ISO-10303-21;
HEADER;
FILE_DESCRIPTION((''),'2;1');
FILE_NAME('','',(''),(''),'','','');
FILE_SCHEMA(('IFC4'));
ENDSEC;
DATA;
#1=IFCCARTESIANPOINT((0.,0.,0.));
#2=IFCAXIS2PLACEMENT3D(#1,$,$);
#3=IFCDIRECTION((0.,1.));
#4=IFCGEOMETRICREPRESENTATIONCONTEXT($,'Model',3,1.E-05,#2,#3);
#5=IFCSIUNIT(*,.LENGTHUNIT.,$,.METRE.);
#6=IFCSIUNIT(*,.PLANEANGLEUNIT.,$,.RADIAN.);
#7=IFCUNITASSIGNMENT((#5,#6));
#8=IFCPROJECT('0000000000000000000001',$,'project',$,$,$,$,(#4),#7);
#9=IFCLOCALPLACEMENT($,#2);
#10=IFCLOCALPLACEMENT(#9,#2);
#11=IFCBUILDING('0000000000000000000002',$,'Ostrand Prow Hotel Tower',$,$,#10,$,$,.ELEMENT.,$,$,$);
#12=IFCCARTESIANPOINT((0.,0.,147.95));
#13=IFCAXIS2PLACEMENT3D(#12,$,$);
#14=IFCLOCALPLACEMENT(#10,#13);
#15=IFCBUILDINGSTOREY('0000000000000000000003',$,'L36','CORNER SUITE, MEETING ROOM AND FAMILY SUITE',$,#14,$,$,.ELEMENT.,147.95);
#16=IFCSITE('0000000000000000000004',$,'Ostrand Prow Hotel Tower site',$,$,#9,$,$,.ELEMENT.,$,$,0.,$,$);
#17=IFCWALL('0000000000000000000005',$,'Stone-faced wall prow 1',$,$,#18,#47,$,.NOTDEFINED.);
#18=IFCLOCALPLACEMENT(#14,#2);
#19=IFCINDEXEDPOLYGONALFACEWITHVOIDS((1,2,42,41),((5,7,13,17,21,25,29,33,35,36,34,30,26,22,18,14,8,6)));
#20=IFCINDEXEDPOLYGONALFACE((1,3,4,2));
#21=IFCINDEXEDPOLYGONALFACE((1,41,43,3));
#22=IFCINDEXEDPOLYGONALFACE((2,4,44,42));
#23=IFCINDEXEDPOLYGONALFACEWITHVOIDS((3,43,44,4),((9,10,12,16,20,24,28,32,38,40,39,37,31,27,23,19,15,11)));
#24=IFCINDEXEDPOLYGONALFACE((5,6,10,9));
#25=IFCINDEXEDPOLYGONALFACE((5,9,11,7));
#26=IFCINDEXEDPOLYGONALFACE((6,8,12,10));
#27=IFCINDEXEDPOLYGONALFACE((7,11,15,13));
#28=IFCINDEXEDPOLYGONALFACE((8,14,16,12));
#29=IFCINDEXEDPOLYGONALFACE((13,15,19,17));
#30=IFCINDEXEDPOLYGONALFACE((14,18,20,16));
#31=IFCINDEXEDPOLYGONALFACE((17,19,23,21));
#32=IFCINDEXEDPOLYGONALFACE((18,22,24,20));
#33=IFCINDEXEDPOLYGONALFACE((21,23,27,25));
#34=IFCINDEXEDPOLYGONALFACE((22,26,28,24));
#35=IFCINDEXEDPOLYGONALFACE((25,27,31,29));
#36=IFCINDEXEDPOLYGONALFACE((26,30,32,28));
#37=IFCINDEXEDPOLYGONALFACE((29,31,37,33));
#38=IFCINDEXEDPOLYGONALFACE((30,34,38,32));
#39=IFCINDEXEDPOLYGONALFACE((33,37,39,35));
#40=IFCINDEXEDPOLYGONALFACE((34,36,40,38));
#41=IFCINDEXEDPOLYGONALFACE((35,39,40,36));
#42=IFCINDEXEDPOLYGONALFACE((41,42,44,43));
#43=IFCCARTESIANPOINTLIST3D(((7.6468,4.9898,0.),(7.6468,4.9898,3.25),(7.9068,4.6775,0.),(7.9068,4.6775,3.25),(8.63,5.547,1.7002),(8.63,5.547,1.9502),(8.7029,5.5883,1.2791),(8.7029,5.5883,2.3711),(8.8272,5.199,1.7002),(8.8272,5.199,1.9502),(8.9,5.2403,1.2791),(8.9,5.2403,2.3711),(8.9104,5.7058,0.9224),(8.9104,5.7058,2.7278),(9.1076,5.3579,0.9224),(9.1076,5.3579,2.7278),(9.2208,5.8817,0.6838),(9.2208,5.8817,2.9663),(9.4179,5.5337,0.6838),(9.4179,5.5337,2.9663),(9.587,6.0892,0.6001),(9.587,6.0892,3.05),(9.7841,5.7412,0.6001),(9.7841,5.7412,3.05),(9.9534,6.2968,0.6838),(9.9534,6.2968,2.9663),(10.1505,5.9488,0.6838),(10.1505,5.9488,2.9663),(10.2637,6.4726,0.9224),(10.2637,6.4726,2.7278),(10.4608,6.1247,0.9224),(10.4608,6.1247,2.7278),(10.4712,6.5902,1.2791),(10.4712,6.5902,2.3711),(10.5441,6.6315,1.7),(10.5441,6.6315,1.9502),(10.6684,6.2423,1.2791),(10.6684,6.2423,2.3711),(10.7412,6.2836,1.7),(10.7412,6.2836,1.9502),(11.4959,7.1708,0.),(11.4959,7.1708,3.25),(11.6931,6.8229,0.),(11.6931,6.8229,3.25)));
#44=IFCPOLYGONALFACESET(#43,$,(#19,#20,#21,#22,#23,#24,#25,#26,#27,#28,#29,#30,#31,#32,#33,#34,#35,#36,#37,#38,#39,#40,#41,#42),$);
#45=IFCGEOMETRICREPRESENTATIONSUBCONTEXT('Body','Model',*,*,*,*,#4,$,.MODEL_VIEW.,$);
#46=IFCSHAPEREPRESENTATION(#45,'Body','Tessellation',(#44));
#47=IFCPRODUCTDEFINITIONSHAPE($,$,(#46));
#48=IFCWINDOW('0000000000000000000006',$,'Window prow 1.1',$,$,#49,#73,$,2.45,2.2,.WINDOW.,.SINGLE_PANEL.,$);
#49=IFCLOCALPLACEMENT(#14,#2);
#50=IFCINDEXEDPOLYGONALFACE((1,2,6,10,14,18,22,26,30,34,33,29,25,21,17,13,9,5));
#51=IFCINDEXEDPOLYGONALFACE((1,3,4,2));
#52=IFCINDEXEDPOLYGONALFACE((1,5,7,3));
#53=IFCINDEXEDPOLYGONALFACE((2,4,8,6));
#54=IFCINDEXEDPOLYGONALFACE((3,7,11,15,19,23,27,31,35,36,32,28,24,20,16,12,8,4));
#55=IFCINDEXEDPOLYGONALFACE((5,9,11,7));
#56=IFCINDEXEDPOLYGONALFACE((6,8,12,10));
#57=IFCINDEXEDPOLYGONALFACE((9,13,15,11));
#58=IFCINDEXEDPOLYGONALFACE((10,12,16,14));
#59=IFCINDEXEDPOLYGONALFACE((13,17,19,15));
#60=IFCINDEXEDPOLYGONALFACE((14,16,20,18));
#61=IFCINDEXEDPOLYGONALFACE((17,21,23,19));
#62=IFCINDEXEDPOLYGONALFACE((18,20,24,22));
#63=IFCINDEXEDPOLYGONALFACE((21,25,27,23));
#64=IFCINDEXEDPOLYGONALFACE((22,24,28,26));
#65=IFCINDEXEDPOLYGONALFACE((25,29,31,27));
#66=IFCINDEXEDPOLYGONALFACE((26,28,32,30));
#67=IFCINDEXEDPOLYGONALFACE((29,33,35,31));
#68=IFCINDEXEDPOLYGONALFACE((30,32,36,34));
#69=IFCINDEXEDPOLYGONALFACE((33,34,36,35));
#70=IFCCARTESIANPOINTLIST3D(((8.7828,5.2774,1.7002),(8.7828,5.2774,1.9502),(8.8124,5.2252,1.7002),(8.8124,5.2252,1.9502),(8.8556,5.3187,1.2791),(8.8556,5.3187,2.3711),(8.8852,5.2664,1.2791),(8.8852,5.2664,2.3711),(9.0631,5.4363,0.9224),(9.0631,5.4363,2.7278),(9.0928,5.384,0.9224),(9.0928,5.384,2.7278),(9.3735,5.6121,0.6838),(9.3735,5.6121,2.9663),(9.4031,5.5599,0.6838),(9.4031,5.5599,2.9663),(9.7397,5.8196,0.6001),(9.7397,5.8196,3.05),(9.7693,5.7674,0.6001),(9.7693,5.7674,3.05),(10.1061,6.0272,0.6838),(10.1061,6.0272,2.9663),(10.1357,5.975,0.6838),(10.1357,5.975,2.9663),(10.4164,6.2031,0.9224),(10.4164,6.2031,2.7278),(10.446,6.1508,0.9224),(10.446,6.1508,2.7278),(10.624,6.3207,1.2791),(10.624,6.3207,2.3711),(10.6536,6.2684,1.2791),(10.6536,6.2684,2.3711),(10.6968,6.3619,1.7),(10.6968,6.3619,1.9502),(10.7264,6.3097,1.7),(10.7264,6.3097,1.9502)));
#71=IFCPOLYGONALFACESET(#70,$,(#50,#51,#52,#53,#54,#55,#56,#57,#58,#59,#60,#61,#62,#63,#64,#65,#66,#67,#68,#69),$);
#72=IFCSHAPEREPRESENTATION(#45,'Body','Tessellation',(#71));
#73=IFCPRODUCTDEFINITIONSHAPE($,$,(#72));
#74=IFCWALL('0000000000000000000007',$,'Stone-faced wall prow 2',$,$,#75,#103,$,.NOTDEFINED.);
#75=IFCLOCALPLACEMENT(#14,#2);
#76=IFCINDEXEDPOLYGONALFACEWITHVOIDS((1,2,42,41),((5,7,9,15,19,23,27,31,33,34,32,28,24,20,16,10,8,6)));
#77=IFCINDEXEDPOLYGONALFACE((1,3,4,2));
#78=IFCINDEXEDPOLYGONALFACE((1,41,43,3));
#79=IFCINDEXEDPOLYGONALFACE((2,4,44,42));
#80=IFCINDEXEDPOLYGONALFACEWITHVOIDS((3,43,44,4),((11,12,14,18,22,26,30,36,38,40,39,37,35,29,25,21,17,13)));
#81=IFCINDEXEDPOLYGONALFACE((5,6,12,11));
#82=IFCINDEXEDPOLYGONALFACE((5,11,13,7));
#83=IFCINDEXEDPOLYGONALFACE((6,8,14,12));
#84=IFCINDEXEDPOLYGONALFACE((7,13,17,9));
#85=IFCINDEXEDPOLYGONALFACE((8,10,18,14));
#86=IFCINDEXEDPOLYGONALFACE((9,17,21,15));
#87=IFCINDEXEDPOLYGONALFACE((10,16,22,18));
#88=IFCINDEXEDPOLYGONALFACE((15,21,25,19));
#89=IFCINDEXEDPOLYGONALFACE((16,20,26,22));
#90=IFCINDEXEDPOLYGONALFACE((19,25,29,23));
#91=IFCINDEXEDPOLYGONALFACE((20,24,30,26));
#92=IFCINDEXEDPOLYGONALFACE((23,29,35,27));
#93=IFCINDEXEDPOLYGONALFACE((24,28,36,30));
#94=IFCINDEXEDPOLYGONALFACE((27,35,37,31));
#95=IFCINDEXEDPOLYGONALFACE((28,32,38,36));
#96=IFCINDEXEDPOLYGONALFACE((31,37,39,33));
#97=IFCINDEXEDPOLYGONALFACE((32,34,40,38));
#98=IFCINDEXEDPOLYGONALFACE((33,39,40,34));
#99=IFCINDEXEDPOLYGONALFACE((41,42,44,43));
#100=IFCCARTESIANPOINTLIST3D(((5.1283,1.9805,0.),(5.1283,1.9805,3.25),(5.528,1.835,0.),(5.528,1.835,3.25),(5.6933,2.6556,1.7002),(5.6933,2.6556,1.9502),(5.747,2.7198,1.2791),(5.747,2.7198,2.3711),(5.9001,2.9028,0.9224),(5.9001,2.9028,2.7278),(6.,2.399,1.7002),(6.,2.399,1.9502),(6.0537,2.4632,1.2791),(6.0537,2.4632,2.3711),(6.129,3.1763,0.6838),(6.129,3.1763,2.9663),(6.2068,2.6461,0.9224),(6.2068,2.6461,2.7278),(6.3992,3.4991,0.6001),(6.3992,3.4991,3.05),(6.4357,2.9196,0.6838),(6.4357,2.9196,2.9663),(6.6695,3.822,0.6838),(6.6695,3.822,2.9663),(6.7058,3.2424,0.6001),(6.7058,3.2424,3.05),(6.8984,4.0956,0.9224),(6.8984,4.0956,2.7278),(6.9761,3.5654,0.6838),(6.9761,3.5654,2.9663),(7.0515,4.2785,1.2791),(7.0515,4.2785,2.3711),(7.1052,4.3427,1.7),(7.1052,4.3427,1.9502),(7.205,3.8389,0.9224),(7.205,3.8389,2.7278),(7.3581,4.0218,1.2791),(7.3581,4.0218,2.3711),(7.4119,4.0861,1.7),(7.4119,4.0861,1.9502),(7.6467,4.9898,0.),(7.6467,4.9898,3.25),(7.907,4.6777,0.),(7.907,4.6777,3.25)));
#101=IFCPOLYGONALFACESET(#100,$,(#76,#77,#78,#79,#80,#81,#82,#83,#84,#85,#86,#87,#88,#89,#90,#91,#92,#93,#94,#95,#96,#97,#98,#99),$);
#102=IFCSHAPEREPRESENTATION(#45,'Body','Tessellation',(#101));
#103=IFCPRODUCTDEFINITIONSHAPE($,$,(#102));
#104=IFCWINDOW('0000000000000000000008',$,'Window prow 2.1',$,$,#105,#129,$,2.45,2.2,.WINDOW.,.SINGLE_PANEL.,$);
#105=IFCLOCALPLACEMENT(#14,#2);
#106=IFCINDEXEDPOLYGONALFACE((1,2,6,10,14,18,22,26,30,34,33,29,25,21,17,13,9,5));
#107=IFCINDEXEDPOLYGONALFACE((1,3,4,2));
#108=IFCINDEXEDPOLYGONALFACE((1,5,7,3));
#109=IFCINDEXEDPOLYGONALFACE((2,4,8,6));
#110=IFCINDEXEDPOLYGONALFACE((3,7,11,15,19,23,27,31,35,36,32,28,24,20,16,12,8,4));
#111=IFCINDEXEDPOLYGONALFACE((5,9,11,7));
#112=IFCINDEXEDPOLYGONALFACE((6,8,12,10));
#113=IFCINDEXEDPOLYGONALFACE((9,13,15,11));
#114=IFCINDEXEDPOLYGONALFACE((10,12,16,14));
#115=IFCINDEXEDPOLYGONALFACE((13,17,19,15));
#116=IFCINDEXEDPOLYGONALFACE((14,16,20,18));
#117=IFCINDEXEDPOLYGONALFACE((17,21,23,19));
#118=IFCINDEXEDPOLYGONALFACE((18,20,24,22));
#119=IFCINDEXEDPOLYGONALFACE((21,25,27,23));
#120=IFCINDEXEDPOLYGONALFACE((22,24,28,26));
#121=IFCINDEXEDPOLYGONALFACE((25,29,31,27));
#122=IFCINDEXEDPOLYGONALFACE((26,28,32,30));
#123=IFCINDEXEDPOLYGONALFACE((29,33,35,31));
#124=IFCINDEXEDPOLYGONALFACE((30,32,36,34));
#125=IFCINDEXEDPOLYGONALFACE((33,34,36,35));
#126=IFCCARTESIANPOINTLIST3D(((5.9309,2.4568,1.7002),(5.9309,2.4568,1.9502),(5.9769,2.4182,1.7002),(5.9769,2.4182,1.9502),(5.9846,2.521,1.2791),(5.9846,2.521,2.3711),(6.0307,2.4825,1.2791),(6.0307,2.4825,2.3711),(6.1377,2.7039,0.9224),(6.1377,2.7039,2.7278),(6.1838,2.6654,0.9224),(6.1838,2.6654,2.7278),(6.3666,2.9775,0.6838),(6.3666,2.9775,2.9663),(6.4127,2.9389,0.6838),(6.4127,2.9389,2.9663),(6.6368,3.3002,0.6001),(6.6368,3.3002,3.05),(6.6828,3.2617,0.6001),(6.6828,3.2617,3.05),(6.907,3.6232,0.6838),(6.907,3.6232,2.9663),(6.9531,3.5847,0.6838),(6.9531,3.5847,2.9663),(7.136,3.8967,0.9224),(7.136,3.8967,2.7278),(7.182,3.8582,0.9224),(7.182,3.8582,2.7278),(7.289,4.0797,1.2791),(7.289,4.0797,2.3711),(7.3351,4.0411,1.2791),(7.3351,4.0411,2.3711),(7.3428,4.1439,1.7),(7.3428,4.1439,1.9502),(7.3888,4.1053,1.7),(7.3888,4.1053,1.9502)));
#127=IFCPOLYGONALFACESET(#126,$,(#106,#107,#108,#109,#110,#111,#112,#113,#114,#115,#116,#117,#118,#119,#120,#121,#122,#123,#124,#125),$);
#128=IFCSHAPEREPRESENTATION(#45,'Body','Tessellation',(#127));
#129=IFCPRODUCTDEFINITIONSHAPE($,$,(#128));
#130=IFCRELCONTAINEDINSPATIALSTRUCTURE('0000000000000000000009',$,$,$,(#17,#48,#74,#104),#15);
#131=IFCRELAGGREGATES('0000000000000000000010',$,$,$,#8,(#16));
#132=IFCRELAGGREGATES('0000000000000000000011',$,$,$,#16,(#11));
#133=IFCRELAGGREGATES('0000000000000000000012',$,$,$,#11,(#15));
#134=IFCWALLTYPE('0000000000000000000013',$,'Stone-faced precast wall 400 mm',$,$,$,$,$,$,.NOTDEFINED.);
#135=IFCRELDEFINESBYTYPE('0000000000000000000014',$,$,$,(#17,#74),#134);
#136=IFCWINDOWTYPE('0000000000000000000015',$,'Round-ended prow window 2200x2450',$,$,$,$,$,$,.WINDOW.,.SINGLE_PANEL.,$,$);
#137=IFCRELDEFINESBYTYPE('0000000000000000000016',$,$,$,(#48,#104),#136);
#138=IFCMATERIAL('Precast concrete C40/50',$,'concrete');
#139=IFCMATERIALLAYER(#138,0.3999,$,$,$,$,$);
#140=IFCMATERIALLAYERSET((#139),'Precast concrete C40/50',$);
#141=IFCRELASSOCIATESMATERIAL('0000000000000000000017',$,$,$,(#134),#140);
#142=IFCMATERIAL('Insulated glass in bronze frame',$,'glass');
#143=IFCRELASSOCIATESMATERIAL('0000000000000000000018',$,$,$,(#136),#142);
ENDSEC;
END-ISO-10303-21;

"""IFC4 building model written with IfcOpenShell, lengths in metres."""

from ifc_helpers import new_model, si_unit, direction, frame, origin, place, context, subcontext, project, spatial, polyline, outline, extrude, material, layer, layer_set, type_object, element, fill, save


model = new_model("IFC4")

# Units and contexts
model_context = context("Model", 3, precision=1e-05, world=origin(), true_north=direction((0.0, 1.0)))
body_context = subcontext(model_context, "Body", "Model", "MODEL_VIEW")
ifc_project = project(units=[si_unit("LENGTHUNIT", "METRE"), si_unit("PLANEANGLEUNIT", "RADIAN")], contexts=[model_context])

# Site, building, storey
site_placement = place(None, origin())
site = spatial("IfcSite", under=ifc_project, at=site_placement, Name="Ostrand Prow Hotel Tower site", CompositionType="ELEMENT", RefElevation=0.0)
building_placement = place(site_placement, origin())
building = spatial("IfcBuilding", under=site, at=building_placement, Name="Ostrand Prow Hotel Tower", CompositionType="ELEMENT")
storey_placement = place(building_placement, frame((0.0, 0.0, 147.95)))
storey = spatial("IfcBuildingStorey", under=building, at=storey_placement, Name="L36", Description="CORNER SUITE, MEETING ROOM AND FAMILY SUITE", CompositionType="ELEMENT", Elevation=147.95)

# Walls, openings, windows
ifc_material_1 = material(Name="Precast concrete C40/50", Category="concrete")
ifc_layer_1 = layer(ifc_material_1, 0.3999)
ifc_layer_set_1 = layer_set([ifc_layer_1], Name="Precast concrete C40/50")
wall_type_1 = type_object("IfcWallType", Name="Stone-faced precast wall 400 mm", PredefinedType="NOTDEFINED", material=ifc_layer_set_1)
wall_1_placement = place(storey_placement, frame((11.5945, 6.9968, 0.0), z_axis=(0.0, 0.0, 1.0), x_axis=(-0.870045, -0.492972, 0.0)))
wall_1 = element("IfcWall", 1, at=wall_1_placement, inside=storey, type_object=wall_type_1, Name="Stone-faced wall prow 1", PredefinedType="NOTDEFINED", context=body_context, shape_type="SweptSolid", body=[
    extrude(outline(polyline([(0.0, -0.2), (4.4241, -0.2), (4.3518, 0.2), (0.0, 0.2), (0.0, -0.2)])), origin(), (0.0, 0.0, 1.0), 3.25),
])
opening_1_placement = place(wall_1_placement, frame((1.094, 0.0, 0.6001)))
opening_1 = element("IfcOpeningElement", 2, at=opening_1_placement, cuts=wall_1, PredefinedType="OPENING", context=body_context, shape_type="SweptSolid", body=[
    extrude(outline(polyline([(0.0, 1.3501), (0.0837, 1.771), (0.3223, 2.1277), (0.679, 2.3662), (1.1001, 2.45), (1.521, 2.3662), (1.8777, 2.1277), (2.1162, 1.771), (2.2, 1.3501), (2.2, 1.1001), (2.1162, 0.679), (1.8777, 0.3223), (1.521, 0.0837), (1.1001, 0.0), (0.679, 0.0837), (0.3223, 0.3223), (0.0837, 0.679), (0.0, 1.0999), (0.0, 1.3501)])), frame((0.0, 0.21, 0.0), z_axis=(0.0, -1.0, 0.0), x_axis=(1.0, 0.0, 0.0)), (0.0, 0.0, 1.0), 0.4199),
])
ifc_material_2 = material(Name="Insulated glass in bronze frame", Category="glass")
window_type = type_object("IfcWindowType", Name="Round-ended prow window 2200x2450", PartitioningType="SINGLE_PANEL", PredefinedType="WINDOW", material=ifc_material_2)
window_1_placement = place(opening_1_placement, origin())
window_1 = element("IfcWindow", 3, at=window_1_placement, inside=storey, type_object=window_type, Name="Window prow 1.1", OverallHeight=2.45, OverallWidth=2.2, PartitioningType="SINGLE_PANEL", PredefinedType="WINDOW", context=body_context, shape_type="SweptSolid", body=[
    extrude(outline(polyline([(0.0, 1.3501), (0.0837, 1.771), (0.3223, 2.1277), (0.679, 2.3662), (1.1001, 2.45), (1.521, 2.3662), (1.8777, 2.1277), (2.1162, 1.771), (2.2, 1.3501), (2.2, 1.1001), (2.1162, 0.679), (1.8777, 0.3223), (1.521, 0.0837), (1.1001, 0.0), (0.679, 0.0837), (0.3223, 0.3223), (0.0837, 0.679), (0.0, 1.0999), (0.0, 1.3501)])), frame((0.0, 0.1699, 0.0), z_axis=(0.0, -1.0, 0.0), x_axis=(1.0, 0.0, 0.0)), (0.0, 0.0, 1.0), 0.0601),
])
fill(opening_1, window_1)
wall_2_placement = place(storey_placement, frame((7.7769, 4.8337, 0.0), z_axis=(0.0, 0.0, 1.0), x_axis=(-0.641788, -0.766882, 0.0)))
wall_2 = element("IfcWall", 4, at=wall_2_placement, inside=storey, type_object=wall_type_1, Name="Stone-faced wall prow 2", PredefinedType="NOTDEFINED", context=body_context, shape_type="SweptSolid", body=[
    extrude(outline(polyline([(-0.0361, -0.2), (3.8879, -0.2), (3.7429, 0.2), (0.0361, 0.2), (-0.0361, -0.2)])), origin(), (0.0, 0.0, 1.0), 3.25),
])
opening_2_placement = place(wall_2_placement, frame((0.8076, 0.0, 0.6001)))
opening_2 = element("IfcOpeningElement", 5, at=opening_2_placement, cuts=wall_2, PredefinedType="OPENING", context=body_context, shape_type="SweptSolid", body=[
    extrude(outline(polyline([(0.0, 1.3501), (0.0837, 1.771), (0.3223, 2.1277), (0.679, 2.3662), (1.1001, 2.45), (1.521, 2.3662), (1.8777, 2.1277), (2.1162, 1.771), (2.2, 1.3501), (2.2, 1.1001), (2.1162, 0.679), (1.8777, 0.3223), (1.521, 0.0837), (1.1001, 0.0), (0.679, 0.0837), (0.3223, 0.3223), (0.0837, 0.679), (0.0, 1.0999), (0.0, 1.3501)])), frame((0.0, 0.21, 0.0), z_axis=(0.0, -1.0, 0.0), x_axis=(1.0, 0.0, 0.0)), (0.0, 0.0, 1.0), 0.4199),
])
window_2_placement = place(opening_2_placement, origin())
window_2 = element("IfcWindow", 6, at=window_2_placement, inside=storey, type_object=window_type, Name="Window prow 2.1", OverallHeight=2.45, OverallWidth=2.2, PartitioningType="SINGLE_PANEL", PredefinedType="WINDOW", context=body_context, shape_type="SweptSolid", body=[
    extrude(outline(polyline([(0.0, 1.3501), (0.0837, 1.771), (0.3223, 2.1277), (0.679, 2.3662), (1.1001, 2.45), (1.521, 2.3662), (1.8777, 2.1277), (2.1162, 1.771), (2.2, 1.3501), (2.2, 1.1001), (2.1162, 0.679), (1.8777, 0.3223), (1.521, 0.0837), (1.1001, 0.0), (0.679, 0.0837), (0.3223, 0.3223), (0.0837, 0.679), (0.0, 1.0999), (0.0, 1.3501)])), frame((0.0, 0.1699, 0.0), z_axis=(0.0, -1.0, 0.0), x_axis=(1.0, 0.0, 0.0)), (0.0, 0.0, 1.0), 0.0601),
])
fill(opening_2, window_2)

save(model, "model.ifc")
